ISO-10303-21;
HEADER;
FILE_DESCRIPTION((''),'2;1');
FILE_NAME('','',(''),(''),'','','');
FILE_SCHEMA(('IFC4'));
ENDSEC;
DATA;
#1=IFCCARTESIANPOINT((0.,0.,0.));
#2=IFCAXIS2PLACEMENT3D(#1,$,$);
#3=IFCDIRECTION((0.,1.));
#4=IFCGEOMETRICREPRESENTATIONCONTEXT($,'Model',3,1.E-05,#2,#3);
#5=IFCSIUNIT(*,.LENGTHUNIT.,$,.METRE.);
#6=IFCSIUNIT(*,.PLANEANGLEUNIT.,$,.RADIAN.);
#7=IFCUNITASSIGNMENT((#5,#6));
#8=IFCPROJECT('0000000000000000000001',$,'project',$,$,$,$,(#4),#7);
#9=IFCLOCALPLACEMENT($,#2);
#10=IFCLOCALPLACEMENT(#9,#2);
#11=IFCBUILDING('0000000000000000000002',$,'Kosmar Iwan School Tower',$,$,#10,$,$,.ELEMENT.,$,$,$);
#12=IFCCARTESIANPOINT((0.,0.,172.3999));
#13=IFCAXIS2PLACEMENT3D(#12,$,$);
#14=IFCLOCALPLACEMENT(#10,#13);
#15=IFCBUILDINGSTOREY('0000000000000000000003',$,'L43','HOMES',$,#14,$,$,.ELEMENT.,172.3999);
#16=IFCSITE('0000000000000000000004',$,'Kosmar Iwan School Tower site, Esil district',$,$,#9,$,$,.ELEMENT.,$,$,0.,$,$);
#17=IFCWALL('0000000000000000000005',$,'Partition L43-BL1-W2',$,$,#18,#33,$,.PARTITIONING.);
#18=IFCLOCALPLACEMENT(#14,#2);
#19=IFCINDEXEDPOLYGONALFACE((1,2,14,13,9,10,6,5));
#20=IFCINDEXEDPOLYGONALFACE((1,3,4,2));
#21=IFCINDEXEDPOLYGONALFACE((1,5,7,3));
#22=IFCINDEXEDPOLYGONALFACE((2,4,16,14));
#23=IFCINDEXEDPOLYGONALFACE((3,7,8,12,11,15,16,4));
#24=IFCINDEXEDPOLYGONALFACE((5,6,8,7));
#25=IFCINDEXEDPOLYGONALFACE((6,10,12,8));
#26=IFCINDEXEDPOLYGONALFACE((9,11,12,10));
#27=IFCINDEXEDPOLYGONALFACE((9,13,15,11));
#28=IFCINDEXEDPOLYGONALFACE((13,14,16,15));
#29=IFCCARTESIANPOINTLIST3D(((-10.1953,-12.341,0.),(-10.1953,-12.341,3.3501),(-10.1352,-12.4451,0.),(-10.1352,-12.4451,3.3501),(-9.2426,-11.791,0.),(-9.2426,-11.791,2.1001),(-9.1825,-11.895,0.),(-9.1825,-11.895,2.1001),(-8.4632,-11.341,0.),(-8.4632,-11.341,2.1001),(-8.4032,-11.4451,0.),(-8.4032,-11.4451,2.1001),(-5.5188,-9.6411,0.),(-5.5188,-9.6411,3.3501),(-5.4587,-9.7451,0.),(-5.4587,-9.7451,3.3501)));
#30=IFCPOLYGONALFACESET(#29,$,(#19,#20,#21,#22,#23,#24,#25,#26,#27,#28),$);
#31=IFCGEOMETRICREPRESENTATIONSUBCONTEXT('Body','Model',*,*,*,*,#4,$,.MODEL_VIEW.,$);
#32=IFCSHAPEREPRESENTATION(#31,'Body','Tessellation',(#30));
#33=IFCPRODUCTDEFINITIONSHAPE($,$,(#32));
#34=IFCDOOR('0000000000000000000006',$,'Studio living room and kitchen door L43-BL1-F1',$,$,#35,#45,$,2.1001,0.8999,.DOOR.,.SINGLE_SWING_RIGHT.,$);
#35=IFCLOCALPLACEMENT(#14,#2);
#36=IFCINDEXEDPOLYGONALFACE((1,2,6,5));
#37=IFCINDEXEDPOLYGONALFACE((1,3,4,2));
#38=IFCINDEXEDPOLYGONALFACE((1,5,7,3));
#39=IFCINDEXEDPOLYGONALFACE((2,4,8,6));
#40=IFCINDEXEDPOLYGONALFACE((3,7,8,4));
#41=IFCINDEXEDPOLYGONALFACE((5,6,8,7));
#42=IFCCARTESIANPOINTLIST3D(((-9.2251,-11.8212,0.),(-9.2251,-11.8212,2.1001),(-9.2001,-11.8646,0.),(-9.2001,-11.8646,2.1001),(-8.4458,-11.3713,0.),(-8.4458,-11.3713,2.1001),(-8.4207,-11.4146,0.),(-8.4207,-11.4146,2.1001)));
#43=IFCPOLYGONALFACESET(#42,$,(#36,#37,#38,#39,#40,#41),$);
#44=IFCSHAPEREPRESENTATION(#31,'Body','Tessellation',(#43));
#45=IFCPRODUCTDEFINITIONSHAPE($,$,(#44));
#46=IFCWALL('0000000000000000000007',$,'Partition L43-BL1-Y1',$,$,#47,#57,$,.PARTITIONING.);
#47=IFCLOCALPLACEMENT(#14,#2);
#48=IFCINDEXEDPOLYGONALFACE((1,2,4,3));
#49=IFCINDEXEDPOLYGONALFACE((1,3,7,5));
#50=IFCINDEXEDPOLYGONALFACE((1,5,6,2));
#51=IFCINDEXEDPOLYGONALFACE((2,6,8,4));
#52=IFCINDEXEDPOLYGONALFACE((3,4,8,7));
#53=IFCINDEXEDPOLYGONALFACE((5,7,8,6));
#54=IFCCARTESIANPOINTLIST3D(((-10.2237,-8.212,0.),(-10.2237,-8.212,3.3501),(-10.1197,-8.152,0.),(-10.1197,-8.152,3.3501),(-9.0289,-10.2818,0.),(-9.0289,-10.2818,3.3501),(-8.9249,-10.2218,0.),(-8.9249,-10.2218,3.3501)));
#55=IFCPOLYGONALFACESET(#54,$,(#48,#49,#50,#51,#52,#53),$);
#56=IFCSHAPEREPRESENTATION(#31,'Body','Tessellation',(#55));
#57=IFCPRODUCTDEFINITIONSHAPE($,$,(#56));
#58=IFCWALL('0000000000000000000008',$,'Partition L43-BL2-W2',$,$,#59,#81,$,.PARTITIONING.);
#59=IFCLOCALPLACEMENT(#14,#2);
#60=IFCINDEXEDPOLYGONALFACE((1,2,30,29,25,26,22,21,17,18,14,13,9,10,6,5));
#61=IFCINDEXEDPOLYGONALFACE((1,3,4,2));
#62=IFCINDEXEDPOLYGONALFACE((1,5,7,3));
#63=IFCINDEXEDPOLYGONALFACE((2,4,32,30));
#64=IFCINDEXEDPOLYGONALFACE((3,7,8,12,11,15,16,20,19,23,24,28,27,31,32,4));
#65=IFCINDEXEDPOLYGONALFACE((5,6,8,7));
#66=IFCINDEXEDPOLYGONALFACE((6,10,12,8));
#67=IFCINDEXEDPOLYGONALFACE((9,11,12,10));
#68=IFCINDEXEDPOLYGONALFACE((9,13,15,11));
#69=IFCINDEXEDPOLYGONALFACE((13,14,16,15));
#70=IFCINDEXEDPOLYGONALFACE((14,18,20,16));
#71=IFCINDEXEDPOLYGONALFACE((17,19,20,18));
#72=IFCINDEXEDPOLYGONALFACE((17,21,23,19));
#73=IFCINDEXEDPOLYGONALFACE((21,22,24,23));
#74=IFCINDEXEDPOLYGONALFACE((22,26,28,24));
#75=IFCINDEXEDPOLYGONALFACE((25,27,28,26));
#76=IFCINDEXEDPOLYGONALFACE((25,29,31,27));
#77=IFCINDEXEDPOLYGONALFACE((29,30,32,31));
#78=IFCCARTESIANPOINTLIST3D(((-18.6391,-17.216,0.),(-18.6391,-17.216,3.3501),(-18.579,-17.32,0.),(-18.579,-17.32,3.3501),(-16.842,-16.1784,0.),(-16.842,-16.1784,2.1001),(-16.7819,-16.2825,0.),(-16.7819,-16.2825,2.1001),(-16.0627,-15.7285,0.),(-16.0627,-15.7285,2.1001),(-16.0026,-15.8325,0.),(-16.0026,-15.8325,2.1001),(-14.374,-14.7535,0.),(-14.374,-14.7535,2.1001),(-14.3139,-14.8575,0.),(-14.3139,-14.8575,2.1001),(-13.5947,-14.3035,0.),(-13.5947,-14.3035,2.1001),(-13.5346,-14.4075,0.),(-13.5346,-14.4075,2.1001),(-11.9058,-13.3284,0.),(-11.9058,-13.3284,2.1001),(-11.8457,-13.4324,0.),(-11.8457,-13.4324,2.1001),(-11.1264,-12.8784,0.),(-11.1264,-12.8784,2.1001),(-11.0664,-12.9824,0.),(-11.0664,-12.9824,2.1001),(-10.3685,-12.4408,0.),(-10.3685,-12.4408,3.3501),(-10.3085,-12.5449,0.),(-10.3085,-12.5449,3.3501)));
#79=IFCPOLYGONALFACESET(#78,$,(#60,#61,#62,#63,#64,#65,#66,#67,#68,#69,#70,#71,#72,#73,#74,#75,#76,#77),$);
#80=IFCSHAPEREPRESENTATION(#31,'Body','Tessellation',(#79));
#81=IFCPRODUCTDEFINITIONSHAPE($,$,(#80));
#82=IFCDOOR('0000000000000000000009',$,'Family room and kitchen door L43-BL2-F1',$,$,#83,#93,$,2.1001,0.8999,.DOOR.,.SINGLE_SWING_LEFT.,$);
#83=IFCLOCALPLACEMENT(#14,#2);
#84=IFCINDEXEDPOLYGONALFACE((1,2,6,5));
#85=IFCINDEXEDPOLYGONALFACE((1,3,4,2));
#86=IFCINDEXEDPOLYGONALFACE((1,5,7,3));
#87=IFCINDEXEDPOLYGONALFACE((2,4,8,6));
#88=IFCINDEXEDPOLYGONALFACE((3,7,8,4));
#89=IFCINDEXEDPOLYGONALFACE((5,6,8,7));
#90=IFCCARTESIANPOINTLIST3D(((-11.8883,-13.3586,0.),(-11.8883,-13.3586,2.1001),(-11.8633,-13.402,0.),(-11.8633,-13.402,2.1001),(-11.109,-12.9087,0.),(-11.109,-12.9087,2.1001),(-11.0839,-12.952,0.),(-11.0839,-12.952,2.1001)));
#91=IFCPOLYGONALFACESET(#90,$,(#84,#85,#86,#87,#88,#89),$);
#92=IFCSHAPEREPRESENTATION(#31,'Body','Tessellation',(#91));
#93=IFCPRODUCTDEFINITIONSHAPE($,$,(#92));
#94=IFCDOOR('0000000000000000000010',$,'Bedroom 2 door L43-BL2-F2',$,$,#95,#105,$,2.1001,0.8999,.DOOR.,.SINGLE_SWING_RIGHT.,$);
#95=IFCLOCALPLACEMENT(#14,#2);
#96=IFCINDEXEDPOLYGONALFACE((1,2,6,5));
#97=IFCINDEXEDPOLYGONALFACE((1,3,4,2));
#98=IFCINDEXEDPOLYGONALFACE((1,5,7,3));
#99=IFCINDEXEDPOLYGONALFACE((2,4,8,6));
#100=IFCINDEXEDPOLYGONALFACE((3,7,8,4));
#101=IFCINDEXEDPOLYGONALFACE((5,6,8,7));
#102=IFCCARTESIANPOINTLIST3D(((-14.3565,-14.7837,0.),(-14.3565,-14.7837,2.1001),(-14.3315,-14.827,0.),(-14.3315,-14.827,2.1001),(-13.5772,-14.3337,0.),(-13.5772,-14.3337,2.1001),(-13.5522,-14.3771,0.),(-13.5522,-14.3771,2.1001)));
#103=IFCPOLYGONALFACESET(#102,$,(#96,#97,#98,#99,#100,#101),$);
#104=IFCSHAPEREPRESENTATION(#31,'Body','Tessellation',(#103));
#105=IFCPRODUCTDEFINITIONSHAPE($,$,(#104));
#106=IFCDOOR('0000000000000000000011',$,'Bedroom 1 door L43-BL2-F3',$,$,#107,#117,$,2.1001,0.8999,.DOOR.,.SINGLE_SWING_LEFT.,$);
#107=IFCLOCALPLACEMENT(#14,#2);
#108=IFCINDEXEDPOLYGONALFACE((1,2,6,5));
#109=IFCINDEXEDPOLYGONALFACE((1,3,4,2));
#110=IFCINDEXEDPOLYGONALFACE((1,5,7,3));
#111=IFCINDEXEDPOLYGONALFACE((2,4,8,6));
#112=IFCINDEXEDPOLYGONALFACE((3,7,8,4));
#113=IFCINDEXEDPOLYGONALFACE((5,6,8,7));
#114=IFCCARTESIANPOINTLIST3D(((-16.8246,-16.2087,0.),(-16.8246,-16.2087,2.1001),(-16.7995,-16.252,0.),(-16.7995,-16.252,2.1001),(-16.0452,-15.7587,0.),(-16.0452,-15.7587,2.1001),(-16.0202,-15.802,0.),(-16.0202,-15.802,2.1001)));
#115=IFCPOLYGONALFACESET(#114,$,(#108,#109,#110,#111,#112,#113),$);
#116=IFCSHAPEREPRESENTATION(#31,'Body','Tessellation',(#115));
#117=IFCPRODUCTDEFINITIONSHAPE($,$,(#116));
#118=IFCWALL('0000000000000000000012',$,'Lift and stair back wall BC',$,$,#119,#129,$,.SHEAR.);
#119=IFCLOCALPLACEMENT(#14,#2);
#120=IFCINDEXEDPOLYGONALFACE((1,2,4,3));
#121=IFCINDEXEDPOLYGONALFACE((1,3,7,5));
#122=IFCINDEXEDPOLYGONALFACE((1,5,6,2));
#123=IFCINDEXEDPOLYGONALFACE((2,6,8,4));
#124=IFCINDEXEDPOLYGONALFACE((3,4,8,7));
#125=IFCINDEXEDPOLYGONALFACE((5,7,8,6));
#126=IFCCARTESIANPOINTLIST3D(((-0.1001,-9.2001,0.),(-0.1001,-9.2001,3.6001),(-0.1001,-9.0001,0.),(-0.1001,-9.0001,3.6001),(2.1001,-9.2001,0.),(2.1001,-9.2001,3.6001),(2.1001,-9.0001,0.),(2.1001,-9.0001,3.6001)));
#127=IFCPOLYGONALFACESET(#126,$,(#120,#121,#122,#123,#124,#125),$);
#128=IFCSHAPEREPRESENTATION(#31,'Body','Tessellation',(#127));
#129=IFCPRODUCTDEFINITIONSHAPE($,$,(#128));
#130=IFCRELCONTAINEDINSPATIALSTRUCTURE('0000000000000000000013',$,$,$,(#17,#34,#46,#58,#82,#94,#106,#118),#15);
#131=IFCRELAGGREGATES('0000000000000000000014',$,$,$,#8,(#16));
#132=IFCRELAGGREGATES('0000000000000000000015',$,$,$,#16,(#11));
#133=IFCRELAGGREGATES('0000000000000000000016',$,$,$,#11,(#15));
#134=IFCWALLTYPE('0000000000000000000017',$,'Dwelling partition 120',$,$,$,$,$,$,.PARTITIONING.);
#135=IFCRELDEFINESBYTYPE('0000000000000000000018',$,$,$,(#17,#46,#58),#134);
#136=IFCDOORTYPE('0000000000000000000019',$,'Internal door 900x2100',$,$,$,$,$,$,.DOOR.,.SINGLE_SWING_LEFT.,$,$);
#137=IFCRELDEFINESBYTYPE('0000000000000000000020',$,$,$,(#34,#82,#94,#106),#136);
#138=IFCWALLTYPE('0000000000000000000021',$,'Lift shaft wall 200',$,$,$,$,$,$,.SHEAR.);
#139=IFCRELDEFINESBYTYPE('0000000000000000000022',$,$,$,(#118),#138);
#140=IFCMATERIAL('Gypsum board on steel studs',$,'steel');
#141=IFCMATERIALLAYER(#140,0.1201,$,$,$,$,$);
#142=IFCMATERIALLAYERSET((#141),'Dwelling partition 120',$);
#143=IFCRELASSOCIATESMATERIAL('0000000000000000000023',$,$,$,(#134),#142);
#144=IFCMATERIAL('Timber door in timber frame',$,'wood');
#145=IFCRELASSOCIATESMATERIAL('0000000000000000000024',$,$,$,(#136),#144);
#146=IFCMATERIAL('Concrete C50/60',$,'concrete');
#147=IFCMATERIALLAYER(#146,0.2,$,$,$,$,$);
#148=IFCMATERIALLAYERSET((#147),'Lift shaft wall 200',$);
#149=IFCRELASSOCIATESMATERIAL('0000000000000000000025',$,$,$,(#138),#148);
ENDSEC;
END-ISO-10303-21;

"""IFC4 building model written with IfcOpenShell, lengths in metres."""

from ifc_helpers import new_model, si_unit, direction, frame, frame_2d, origin, place, context, subcontext, project, spatial, rectangle, extrude, material, layer, layer_set, type_object, element, fill, save


model = new_model("IFC4")

# Units and contexts
model_context = context("Model", 3, precision=1e-05, world=origin(), true_north=direction((0.0, 1.0)))
body_context = subcontext(model_context, "Body", "Model", "MODEL_VIEW")
ifc_project = project(units=[si_unit("LENGTHUNIT", "METRE"), si_unit("PLANEANGLEUNIT", "RADIAN")], contexts=[model_context])

# Site, building, storey
site_placement = place(None, origin())
site = spatial("IfcSite", under=ifc_project, at=site_placement, Name="Kosmar Iwan School Tower site, Esil district", CompositionType="ELEMENT", RefElevation=0.0)
building_placement = place(site_placement, origin())
building = spatial("IfcBuilding", under=site, at=building_placement, Name="Kosmar Iwan School Tower", CompositionType="ELEMENT")
storey_placement = place(building_placement, frame((0.0, 0.0, 172.3999)))
storey = spatial("IfcBuildingStorey", under=building, at=storey_placement, Name="L43", Description="HOMES", CompositionType="ELEMENT", Elevation=172.3999)

# Shared definitions
ifc_material_1 = material(Name="Gypsum board on steel studs", Category="steel")
ifc_layer_1 = layer(ifc_material_1, 0.1201)
ifc_layer_set_1 = layer_set([ifc_layer_1], Name="Dwelling partition 120")
wall_type_1 = type_object("IfcWallType", Name="Dwelling partition 120", PredefinedType="PARTITIONING", material=ifc_layer_set_1)
ifc_material_2 = material(Name="Timber door in timber frame", Category="wood")
door_type_1 = type_object("IfcDoorType", Name="Internal door 900x2100", OperationType="SINGLE_SWING_LEFT", PredefinedType="DOOR", material=ifc_material_2)

# Wall, opening, door
wall_1_placement = place(storey_placement, frame((-5.4888, -9.6931, 0.0), z_axis=(0.0, 0.0, 1.0), x_axis=(-0.866028, -0.499995, 0.0)))
wall_1 = element("IfcWall", 1, at=wall_1_placement, inside=storey, type_object=wall_type_1, Name="Partition L43-BL1-W2", PredefinedType="PARTITIONING", context=body_context, shape_type="SweptSolid", body=[
    extrude(rectangle(XDim=5.3999, YDim=0.1201, at=frame_2d((2.7, 0.0))), origin(), (0.0, 0.0, 1.0), 3.3501),
])
opening_1_placement = place(wall_1_placement, frame((3.3999, 0.0, 0.0)))
opening_1 = element("IfcOpeningElement", 2, at=opening_1_placement, cuts=wall_1, PredefinedType="OPENING", context=body_context, shape_type="SweptSolid", body=[
    extrude(rectangle(XDim=0.8999, YDim=2.1001, at=frame_2d((0.45, 1.05))), frame((0.0, 0.072, 0.0), z_axis=(0.0, -1.0, 0.0), x_axis=(1.0, 0.0, 0.0)), (0.0, 0.0, 1.0), 0.144),
])
door_1_placement = place(opening_1_placement, origin())
door_1 = element("IfcDoor", 3, at=door_1_placement, inside=storey, type_object=door_type_1, Name="Studio living room and kitchen door L43-BL1-F1", OperationType="SINGLE_SWING_RIGHT", OverallHeight=2.1001, OverallWidth=0.8999, PredefinedType="DOOR", context=body_context, shape_type="SweptSolid", body=[
    extrude(rectangle(XDim=0.8999, YDim=2.1001, at=frame_2d((0.45, 1.05))), frame((0.0, 0.0249, 0.0), z_axis=(0.0, -1.0, 0.0), x_axis=(1.0, 0.0, 0.0)), (0.0, 0.0, 1.0), 0.05),
])
fill(opening_1, door_1)

# Wall
wall_2_placement = place(storey_placement, frame((-10.1716, -8.1821, 0.0), z_axis=(0.0, 0.0, 1.0), x_axis=(0.499941, -0.86606, 0.0)))
element("IfcWall", 4, at=wall_2_placement, inside=storey, type_object=wall_type_1, Name="Partition L43-BL1-Y1", PredefinedType="PARTITIONING", context=body_context, shape_type="SweptSolid", body=[
    extrude(rectangle(XDim=2.3899, YDim=0.1201, at=frame_2d((1.1948, 0.0))), origin(), (0.0, 0.0, 1.0), 3.3501),
])

# Wall, openings, doors
wall_3_placement = place(storey_placement, frame((-10.3386, -12.4929, 0.0), z_axis=(0.0, 0.0, 1.0), x_axis=(-0.866018, -0.500013, 0.0)))
wall_3 = element("IfcWall", 5, at=wall_3_placement, inside=storey, type_object=wall_type_1, Name="Partition L43-BL2-W2", PredefinedType="PARTITIONING", context=body_context, shape_type="SweptSolid", body=[
    extrude(rectangle(XDim=9.55, YDim=0.1201, at=frame_2d((4.7749, 0.0))), origin(), (0.0, 0.0, 1.0), 3.3501),
])
opening_2_placement = place(wall_3_placement, frame((0.875, 0.0, 0.0)))
opening_2 = element("IfcOpeningElement", 6, at=opening_2_placement, cuts=wall_3, PredefinedType="OPENING", context=body_context, shape_type="SweptSolid", body=[
    extrude(rectangle(XDim=0.8999, YDim=2.1001, at=frame_2d((0.45, 1.05))), frame((0.0, 0.072, 0.0), z_axis=(0.0, -1.0, 0.0), x_axis=(1.0, 0.0, 0.0)), (0.0, 0.0, 1.0), 0.144),
])
opening_3_placement = place(wall_3_placement, frame((3.7251, 0.0, 0.0)))
opening_3 = element("IfcOpeningElement", 7, at=opening_3_placement, cuts=wall_3, PredefinedType="OPENING", context=body_context, shape_type="SweptSolid", body=[
    extrude(rectangle(XDim=0.8999, YDim=2.1001, at=frame_2d((0.45, 1.05))), frame((0.0, 0.072, 0.0), z_axis=(0.0, -1.0, 0.0), x_axis=(1.0, 0.0, 0.0)), (0.0, 0.0, 1.0), 0.144),
])
opening_4_placement = place(wall_3_placement, frame((6.575, 0.0, 0.0)))
opening_4 = element("IfcOpeningElement", 8, at=opening_4_placement, cuts=wall_3, PredefinedType="OPENING", context=body_context, shape_type="SweptSolid", body=[
    extrude(rectangle(XDim=0.8999, YDim=2.1001, at=frame_2d((0.45, 1.05))), frame((0.0, 0.072, 0.0), z_axis=(0.0, -1.0, 0.0), x_axis=(1.0, 0.0, 0.0)), (0.0, 0.0, 1.0), 0.144),
])
door_2_placement = place(opening_2_placement, origin())
door_2 = element("IfcDoor", 9, at=door_2_placement, inside=storey, type_object=door_type_1, Name="Family room and kitchen door L43-BL2-F1", OperationType="SINGLE_SWING_LEFT", OverallHeight=2.1001, OverallWidth=0.8999, PredefinedType="DOOR", context=body_context, shape_type="SweptSolid", body=[
    extrude(rectangle(XDim=0.8999, YDim=2.1001, at=frame_2d((0.45, 1.05))), frame((0.0, 0.0249, 0.0), z_axis=(0.0, -1.0, 0.0), x_axis=(1.0, 0.0, 0.0)), (0.0, 0.0, 1.0), 0.05),
])
fill(opening_2, door_2)
door_3_placement = place(opening_3_placement, origin())
door_3 = element("IfcDoor", 10, at=door_3_placement, inside=storey, type_object=door_type_1, Name="Bedroom 2 door L43-BL2-F2", OperationType="SINGLE_SWING_RIGHT", OverallHeight=2.1001, OverallWidth=0.8999, PredefinedType="DOOR", context=body_context, shape_type="SweptSolid", body=[
    extrude(rectangle(XDim=0.8999, YDim=2.1001, at=frame_2d((0.45, 1.05))), frame((0.0, 0.0249, 0.0), z_axis=(0.0, -1.0, 0.0), x_axis=(1.0, 0.0, 0.0)), (0.0, 0.0, 1.0), 0.05),
])
fill(opening_3, door_3)
door_4_placement = place(opening_4_placement, origin())
door_4 = element("IfcDoor", 11, at=door_4_placement, inside=storey, type_object=door_type_1, Name="Bedroom 1 door L43-BL2-F3", OperationType="SINGLE_SWING_LEFT", OverallHeight=2.1001, OverallWidth=0.8999, PredefinedType="DOOR", context=body_context, shape_type="SweptSolid", body=[
    extrude(rectangle(XDim=0.8999, YDim=2.1001, at=frame_2d((0.45, 1.05))), frame((0.0, 0.0249, 0.0), z_axis=(0.0, -1.0, 0.0), x_axis=(1.0, 0.0, 0.0)), (0.0, 0.0, 1.0), 0.05),
])
fill(opening_4, door_4)

# Wall
ifc_material_3 = material(Name="Concrete C50/60", Category="concrete")
ifc_layer_2 = layer(ifc_material_3, 0.2)
ifc_layer_set_2 = layer_set([ifc_layer_2], Name="Lift shaft wall 200")
wall_type_2 = type_object("IfcWallType", Name="Lift shaft wall 200", PredefinedType="SHEAR", material=ifc_layer_set_2)
wall_4_placement = place(storey_placement, frame((-0.1001, -9.1001, 0.0), z_axis=(0.0, 0.0, 1.0), x_axis=(1.0, 0.0, 0.0)))
element("IfcWall", 12, at=wall_4_placement, inside=storey, type_object=wall_type_2, Name="Lift and stair back wall BC", PredefinedType="SHEAR", context=body_context, shape_type="SweptSolid", body=[
    extrude(rectangle(XDim=2.2002, YDim=0.2, at=frame_2d((1.1001, 0.0))), origin(), (0.0, 0.0, 1.0), 3.6001),
])

save(model, "model.ifc")
